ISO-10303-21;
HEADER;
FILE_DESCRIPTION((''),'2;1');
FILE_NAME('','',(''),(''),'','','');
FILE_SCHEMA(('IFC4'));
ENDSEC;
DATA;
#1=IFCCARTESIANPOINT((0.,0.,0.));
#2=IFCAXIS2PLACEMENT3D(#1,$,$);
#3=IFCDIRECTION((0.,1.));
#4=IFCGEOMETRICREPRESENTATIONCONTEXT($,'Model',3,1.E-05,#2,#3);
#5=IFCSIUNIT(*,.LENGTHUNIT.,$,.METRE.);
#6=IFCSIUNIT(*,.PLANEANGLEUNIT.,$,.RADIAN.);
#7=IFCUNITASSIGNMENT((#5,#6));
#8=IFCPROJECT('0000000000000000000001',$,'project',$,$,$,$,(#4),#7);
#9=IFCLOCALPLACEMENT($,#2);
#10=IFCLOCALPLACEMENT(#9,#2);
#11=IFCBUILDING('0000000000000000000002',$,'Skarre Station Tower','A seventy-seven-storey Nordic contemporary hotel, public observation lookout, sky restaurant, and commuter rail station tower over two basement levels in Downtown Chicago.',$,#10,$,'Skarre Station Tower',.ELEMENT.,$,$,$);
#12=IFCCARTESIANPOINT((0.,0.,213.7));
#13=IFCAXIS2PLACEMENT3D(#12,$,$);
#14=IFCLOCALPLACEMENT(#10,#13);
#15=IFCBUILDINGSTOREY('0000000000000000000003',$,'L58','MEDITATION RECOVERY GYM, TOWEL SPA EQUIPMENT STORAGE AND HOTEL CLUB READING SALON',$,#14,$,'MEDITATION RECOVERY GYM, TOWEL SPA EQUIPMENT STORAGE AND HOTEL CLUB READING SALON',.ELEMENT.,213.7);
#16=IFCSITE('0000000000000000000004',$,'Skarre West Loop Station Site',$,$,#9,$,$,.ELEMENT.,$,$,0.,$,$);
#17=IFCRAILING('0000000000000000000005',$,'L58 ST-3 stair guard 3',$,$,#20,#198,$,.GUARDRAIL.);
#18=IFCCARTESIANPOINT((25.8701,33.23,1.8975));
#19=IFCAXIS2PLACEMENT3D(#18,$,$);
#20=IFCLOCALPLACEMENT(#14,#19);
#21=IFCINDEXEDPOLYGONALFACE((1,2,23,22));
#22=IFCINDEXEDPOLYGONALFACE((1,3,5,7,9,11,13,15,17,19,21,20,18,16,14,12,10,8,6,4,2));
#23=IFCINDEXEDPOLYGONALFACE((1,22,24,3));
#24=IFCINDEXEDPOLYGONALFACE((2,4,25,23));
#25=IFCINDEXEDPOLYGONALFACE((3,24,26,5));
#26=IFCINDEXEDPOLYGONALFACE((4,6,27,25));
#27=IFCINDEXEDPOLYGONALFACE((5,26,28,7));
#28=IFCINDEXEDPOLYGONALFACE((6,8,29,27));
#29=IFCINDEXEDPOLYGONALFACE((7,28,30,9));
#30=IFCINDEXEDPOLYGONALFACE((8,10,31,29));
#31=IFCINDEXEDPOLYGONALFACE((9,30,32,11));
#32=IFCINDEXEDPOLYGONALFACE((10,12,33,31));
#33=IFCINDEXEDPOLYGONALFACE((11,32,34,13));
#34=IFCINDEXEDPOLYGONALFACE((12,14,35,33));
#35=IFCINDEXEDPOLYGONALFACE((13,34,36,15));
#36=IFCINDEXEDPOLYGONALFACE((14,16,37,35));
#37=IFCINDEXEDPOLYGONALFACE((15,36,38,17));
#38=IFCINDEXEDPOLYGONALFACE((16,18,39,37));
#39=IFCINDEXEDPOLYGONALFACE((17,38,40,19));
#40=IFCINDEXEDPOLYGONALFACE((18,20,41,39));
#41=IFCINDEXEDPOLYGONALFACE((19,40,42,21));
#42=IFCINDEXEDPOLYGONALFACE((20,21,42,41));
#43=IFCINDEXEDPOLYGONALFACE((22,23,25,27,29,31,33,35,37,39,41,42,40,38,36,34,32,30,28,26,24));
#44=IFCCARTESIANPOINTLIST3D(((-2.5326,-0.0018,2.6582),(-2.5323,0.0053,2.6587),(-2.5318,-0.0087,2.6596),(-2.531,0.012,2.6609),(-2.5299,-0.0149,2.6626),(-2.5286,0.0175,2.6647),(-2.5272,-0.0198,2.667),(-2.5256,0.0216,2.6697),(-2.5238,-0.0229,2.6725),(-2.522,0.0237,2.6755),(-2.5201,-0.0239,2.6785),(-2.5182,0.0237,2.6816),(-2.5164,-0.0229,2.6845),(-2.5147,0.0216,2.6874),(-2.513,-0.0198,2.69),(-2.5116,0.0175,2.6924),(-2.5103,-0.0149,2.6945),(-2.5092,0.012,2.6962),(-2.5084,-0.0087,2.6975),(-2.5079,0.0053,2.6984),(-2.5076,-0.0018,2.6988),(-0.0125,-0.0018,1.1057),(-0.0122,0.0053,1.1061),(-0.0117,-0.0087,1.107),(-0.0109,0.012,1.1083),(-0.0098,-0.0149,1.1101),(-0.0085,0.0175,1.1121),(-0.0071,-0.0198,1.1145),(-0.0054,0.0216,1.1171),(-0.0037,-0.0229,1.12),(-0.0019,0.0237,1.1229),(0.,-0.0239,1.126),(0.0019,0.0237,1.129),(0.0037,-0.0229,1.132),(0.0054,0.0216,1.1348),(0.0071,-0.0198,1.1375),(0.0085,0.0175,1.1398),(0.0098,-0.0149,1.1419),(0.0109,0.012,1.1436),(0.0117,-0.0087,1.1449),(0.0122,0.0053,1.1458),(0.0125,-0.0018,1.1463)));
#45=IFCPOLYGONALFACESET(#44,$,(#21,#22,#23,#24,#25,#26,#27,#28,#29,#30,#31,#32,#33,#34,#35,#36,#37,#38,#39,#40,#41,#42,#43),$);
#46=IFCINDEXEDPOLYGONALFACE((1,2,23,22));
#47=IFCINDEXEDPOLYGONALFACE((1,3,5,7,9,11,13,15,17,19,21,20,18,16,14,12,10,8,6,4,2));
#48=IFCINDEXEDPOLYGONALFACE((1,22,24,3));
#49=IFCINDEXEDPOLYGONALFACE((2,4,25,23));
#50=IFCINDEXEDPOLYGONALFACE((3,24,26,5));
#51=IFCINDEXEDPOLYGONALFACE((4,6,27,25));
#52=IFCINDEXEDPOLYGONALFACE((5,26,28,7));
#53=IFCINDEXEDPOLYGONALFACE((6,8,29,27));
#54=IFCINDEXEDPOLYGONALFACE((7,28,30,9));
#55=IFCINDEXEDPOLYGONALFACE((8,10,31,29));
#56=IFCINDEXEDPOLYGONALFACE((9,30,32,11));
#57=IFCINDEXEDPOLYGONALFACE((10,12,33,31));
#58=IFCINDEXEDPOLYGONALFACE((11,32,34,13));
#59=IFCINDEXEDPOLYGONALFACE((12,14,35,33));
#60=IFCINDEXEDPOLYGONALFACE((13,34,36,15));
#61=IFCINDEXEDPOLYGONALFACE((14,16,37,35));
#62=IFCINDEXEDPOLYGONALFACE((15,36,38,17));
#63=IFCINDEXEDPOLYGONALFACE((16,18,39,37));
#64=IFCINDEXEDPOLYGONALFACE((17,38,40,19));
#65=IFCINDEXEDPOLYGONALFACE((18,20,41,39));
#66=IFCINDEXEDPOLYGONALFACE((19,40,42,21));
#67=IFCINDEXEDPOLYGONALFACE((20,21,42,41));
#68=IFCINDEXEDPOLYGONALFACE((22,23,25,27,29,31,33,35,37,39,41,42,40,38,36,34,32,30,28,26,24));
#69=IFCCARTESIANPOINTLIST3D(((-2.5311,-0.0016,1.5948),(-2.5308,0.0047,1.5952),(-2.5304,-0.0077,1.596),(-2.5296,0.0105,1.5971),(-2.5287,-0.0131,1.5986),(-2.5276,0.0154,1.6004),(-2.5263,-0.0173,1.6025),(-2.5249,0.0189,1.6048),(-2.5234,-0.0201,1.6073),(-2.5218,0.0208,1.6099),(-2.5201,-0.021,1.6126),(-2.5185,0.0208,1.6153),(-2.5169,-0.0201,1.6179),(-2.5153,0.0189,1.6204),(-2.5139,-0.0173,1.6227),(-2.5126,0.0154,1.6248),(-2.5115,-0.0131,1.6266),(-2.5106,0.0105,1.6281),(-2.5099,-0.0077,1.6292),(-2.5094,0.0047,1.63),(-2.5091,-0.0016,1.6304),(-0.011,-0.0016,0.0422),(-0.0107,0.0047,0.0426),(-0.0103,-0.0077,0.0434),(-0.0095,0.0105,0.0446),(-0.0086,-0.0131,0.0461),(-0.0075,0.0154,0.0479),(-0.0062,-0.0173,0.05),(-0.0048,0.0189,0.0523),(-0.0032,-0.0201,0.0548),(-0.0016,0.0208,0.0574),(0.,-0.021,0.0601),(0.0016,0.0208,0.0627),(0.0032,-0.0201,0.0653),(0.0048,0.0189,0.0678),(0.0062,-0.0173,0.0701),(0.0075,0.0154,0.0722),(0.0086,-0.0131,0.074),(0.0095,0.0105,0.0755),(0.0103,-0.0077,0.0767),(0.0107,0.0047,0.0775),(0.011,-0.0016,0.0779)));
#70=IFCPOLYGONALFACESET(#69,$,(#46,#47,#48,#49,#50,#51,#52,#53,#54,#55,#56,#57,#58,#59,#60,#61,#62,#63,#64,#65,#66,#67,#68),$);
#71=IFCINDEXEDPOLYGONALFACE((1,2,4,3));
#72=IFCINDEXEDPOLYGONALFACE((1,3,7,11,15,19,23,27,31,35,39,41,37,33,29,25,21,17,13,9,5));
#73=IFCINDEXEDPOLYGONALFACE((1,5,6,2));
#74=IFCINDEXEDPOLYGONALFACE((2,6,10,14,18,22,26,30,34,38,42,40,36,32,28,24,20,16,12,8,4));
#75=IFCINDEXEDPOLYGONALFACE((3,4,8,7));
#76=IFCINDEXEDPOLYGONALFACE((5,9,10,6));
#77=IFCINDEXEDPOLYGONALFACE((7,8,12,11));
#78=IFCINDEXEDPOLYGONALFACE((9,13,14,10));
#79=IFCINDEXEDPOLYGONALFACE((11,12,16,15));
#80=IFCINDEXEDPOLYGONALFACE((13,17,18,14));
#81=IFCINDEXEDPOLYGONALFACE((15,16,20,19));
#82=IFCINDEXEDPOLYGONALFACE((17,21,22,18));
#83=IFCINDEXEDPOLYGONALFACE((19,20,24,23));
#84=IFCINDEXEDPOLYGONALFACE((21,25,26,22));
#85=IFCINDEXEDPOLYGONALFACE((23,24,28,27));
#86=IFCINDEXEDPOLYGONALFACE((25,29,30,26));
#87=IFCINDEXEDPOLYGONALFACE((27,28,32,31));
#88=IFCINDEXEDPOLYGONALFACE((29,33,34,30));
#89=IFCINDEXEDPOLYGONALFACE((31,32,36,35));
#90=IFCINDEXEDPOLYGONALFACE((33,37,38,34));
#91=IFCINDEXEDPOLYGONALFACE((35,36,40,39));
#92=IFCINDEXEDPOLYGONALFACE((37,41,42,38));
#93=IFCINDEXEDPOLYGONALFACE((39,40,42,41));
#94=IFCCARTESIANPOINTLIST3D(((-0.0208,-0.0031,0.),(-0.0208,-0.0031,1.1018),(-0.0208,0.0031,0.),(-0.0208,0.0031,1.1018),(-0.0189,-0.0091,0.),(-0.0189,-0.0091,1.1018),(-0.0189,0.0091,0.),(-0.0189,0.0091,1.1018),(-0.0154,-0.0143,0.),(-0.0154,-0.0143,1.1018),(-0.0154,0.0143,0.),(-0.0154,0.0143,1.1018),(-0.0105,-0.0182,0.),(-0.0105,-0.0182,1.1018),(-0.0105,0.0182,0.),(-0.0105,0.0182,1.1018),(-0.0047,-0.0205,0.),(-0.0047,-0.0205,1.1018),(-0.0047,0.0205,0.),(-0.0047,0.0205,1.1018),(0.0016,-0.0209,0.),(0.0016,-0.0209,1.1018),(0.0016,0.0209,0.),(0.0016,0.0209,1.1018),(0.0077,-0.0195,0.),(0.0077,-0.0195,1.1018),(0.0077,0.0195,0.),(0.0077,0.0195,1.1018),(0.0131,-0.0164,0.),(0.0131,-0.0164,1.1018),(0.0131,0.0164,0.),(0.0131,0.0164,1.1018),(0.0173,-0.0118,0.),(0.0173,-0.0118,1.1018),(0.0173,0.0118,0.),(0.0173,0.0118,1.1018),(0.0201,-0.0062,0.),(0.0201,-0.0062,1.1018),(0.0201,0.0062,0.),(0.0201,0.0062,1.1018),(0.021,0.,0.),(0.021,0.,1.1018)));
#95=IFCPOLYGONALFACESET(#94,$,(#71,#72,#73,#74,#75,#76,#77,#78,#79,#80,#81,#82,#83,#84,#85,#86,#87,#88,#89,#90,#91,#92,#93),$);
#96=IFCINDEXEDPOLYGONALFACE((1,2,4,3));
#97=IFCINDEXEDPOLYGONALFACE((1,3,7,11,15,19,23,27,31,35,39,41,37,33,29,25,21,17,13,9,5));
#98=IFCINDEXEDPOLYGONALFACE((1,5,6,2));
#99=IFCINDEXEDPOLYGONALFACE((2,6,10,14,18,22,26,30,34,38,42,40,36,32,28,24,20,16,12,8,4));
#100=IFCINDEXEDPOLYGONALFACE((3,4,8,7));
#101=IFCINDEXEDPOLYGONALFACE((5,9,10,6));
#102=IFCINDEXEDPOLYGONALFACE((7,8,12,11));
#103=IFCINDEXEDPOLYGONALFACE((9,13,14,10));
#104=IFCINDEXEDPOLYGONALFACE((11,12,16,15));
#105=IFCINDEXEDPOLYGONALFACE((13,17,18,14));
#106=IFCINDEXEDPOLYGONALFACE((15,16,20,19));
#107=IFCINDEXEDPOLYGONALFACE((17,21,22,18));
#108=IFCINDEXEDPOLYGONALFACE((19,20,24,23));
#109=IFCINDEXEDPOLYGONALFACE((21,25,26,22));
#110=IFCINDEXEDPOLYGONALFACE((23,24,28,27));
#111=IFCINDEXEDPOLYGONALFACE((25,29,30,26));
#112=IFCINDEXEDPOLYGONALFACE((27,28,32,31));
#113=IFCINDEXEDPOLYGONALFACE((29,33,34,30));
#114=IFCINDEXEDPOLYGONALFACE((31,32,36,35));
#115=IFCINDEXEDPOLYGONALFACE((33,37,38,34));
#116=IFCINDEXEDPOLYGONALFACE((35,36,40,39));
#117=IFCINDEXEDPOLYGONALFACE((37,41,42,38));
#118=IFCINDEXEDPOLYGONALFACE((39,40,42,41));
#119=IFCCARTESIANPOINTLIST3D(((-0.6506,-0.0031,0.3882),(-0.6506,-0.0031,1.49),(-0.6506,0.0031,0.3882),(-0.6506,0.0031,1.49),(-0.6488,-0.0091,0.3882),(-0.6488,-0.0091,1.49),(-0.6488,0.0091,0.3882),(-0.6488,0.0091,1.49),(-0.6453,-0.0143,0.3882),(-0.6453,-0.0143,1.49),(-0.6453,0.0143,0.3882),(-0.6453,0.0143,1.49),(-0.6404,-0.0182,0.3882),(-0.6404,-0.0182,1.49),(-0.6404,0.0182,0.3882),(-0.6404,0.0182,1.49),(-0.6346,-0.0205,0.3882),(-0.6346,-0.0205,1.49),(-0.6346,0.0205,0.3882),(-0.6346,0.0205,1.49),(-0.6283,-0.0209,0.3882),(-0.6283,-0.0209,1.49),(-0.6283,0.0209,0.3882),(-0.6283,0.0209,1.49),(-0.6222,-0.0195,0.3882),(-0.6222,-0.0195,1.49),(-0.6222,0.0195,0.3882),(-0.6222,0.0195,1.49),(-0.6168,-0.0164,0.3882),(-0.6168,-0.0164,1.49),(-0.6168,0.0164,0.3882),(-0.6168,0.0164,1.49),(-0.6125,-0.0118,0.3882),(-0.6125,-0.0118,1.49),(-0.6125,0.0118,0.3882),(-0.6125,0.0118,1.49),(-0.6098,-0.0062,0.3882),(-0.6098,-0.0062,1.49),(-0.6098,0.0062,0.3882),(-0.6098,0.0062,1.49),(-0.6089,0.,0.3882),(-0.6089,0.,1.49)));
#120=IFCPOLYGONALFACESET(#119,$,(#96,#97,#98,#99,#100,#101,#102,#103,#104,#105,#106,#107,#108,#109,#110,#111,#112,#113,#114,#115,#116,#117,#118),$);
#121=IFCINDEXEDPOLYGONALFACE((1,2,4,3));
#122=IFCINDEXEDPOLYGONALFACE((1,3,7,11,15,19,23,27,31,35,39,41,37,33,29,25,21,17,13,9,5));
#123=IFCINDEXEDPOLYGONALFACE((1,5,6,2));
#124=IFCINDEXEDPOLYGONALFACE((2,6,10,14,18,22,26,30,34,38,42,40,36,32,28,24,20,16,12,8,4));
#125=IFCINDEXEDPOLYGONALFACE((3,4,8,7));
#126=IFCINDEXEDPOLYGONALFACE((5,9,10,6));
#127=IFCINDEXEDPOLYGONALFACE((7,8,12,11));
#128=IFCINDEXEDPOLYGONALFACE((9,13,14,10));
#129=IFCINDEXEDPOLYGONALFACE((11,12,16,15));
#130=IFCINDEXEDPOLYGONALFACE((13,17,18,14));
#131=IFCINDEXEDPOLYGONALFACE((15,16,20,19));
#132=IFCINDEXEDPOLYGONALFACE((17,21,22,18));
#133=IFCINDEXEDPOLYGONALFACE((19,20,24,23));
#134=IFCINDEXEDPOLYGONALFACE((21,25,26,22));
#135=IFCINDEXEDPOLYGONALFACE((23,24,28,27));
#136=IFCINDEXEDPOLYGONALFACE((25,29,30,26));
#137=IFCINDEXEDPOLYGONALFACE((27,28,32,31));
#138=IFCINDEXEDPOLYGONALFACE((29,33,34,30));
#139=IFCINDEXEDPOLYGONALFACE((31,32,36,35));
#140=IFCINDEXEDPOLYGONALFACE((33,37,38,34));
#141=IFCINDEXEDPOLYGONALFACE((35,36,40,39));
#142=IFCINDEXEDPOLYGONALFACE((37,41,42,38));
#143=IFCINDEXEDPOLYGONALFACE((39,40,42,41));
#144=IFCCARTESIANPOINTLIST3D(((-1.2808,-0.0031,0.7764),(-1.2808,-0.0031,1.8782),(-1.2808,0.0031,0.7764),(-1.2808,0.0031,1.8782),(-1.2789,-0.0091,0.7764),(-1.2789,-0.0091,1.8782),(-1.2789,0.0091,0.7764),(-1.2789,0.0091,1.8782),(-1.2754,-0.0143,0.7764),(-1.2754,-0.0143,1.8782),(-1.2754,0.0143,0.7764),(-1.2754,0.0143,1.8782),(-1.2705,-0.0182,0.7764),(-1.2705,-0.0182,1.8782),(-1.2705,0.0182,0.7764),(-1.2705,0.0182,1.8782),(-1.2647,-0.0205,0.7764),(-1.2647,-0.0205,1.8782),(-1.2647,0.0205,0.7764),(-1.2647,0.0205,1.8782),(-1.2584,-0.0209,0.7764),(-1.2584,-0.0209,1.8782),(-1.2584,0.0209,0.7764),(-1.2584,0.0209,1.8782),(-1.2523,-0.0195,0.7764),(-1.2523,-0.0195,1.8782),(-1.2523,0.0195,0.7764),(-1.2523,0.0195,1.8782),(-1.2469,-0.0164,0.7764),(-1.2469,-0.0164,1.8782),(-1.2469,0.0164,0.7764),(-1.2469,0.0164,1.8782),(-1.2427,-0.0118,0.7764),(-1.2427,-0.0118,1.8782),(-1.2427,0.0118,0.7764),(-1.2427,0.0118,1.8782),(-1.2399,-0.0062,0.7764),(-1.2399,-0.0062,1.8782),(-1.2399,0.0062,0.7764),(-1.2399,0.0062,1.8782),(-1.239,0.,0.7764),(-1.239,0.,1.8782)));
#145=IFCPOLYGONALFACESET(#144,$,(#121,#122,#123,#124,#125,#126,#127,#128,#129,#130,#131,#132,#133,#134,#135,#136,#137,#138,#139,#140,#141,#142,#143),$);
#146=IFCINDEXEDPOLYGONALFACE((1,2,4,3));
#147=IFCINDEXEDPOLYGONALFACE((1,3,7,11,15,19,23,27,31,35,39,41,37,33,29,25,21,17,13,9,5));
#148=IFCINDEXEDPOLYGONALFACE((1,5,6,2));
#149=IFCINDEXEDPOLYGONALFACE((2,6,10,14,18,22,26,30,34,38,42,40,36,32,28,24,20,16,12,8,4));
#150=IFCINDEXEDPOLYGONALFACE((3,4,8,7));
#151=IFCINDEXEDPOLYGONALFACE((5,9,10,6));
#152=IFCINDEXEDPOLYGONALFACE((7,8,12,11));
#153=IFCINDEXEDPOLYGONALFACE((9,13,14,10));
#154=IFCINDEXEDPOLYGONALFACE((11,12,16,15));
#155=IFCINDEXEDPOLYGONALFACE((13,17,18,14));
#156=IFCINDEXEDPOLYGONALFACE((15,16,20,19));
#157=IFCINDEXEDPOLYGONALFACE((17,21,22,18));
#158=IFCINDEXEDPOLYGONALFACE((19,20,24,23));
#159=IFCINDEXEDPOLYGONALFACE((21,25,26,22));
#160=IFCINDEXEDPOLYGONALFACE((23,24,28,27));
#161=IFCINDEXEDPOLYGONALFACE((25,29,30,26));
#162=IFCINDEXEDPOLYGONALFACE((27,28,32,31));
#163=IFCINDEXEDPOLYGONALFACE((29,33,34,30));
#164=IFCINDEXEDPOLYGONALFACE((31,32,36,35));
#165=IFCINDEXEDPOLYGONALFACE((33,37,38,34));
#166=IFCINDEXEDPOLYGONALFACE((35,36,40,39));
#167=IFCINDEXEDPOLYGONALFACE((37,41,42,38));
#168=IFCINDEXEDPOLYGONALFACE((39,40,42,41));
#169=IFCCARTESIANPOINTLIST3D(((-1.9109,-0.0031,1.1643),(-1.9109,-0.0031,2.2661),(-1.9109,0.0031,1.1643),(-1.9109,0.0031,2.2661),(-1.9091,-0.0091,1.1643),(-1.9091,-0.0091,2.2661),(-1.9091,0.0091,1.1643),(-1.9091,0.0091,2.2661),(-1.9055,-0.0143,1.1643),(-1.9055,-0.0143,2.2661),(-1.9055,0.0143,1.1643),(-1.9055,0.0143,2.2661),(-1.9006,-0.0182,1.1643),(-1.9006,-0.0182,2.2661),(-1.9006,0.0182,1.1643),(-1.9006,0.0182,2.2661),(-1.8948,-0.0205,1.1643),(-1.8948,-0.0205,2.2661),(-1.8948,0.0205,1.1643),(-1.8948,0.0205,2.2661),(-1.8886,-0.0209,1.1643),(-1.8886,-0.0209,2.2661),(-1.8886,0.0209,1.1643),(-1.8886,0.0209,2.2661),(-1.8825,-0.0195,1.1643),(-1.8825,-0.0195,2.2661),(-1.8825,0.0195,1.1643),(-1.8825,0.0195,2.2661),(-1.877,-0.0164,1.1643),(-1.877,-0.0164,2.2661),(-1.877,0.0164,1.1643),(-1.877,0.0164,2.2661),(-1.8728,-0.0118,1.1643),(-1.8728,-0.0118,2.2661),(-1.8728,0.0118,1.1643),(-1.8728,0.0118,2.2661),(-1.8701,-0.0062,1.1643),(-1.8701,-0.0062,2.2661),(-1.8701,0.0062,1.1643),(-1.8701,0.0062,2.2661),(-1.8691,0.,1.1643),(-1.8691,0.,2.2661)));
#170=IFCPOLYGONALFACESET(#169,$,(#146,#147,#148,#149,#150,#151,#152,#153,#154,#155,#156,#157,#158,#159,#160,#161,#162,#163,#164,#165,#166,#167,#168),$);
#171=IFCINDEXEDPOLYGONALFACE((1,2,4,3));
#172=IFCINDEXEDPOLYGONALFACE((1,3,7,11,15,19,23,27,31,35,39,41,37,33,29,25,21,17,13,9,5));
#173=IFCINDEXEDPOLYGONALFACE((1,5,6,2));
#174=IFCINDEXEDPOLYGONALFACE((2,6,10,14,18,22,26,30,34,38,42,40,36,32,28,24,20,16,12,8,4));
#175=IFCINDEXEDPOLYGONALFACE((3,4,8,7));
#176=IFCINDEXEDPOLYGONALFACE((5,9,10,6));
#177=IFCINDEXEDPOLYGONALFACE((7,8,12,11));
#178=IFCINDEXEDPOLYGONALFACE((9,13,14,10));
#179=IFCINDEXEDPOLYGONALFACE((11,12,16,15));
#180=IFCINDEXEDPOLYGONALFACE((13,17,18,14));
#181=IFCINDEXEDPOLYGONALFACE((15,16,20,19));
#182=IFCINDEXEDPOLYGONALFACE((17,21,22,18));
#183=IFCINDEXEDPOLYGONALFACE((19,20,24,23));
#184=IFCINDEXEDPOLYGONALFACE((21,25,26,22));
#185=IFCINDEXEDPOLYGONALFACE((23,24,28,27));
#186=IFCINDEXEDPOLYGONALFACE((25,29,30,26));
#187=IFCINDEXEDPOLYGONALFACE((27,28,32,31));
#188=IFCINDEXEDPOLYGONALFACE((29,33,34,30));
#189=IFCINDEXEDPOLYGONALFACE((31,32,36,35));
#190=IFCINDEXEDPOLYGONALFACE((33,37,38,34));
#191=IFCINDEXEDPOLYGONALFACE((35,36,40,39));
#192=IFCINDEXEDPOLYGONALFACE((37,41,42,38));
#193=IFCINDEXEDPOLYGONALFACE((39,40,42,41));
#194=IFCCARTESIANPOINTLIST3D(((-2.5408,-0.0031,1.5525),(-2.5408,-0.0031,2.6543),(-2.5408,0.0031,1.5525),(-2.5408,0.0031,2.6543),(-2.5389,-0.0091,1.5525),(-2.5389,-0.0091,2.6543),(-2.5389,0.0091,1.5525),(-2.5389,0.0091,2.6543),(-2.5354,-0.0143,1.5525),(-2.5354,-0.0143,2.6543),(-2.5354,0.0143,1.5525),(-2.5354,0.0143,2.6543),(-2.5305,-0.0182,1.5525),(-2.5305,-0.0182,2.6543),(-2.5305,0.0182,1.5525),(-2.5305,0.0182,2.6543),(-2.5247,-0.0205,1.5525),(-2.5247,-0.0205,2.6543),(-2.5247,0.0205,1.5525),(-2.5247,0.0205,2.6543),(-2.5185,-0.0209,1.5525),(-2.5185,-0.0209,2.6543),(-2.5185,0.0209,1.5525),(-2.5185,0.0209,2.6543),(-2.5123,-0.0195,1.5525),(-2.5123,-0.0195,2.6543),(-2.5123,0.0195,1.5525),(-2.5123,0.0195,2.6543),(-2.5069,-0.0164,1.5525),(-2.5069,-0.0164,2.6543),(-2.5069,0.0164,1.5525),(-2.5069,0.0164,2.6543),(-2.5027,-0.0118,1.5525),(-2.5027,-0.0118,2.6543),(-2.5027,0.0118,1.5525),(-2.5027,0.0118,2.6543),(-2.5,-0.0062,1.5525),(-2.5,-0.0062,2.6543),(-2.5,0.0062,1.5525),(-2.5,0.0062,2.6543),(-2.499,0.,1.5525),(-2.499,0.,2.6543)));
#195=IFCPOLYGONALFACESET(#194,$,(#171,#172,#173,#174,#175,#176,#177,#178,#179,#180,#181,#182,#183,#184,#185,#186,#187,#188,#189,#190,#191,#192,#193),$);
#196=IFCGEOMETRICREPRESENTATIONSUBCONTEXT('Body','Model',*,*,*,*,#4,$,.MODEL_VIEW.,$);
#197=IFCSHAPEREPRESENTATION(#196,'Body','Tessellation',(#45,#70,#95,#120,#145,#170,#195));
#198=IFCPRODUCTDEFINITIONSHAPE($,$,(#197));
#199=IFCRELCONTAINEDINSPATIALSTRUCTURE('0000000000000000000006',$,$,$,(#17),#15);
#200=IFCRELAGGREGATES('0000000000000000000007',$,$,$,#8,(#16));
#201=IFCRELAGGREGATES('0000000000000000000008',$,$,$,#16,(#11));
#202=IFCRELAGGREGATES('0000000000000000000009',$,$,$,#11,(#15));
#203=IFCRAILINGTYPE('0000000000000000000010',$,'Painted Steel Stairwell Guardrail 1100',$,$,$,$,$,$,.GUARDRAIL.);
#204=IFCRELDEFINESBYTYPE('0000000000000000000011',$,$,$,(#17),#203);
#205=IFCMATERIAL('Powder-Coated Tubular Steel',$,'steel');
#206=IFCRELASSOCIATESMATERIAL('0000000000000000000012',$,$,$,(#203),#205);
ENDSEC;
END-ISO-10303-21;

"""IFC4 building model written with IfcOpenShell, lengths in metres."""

from ifc_helpers import new_model, si_unit, direction, frame, origin, origin_2d, place, context, subcontext, project, spatial, circle, extrude, material, type_object, element, save


model = new_model("IFC4")

# Units and contexts
model_context = context("Model", 3, precision=1e-05, world=origin(), true_north=direction((0.0, 1.0)))
body_context = subcontext(model_context, "Body", "Model", "MODEL_VIEW")
ifc_project = project(units=[si_unit("LENGTHUNIT", "METRE"), si_unit("PLANEANGLEUNIT", "RADIAN")], contexts=[model_context])

# Site, building, storey
site_placement = place(None, origin())
site = spatial("IfcSite", under=ifc_project, at=site_placement, Name="Skarre West Loop Station Site", CompositionType="ELEMENT", RefElevation=0.0)
building_placement = place(site_placement, origin())
building = spatial("IfcBuilding", under=site, at=building_placement, Name="Skarre Station Tower", Description="A seventy-seven-storey Nordic contemporary hotel, public observation lookout, sky restaurant, and commuter rail station tower over two basement levels in Downtown Chicago.", LongName="Skarre Station Tower", CompositionType="ELEMENT")
storey_placement = place(building_placement, frame((0.0, 0.0, 213.7)))
storey = spatial("IfcBuildingStorey", under=building, at=storey_placement, Name="L58", Description="MEDITATION RECOVERY GYM, TOWEL SPA EQUIPMENT STORAGE AND HOTEL CLUB READING SALON", LongName="MEDITATION RECOVERY GYM, TOWEL SPA EQUIPMENT STORAGE AND HOTEL CLUB READING SALON", CompositionType="ELEMENT", Elevation=213.7)

# Railing
ifc_material_1 = material(Name="Powder-Coated Tubular Steel", Category="steel")
railing_type_1 = type_object("IfcRailingType", Name="Painted Steel Stairwell Guardrail 1100", PredefinedType="GUARDRAIL", material=ifc_material_1)
railing_1_placement = place(storey_placement, frame((25.8701, 33.23, 1.8975)))
element("IfcRailing", 1, at=railing_1_placement, inside=storey, type_object=railing_type_1, Name="L58 ST-3 stair guard 3", PredefinedType="GUARDRAIL", context=body_context, shape_type="SweptSolid", body=[
    extrude(circle(Radius=0.0239, at=origin_2d()), frame((0.0, 0.0, 1.126), z_axis=(-0.8514, 0.0, 0.524516), x_axis=(0.0, -1.0, 0.0)), (0.0, 0.0, 1.0), 2.96),
    extrude(circle(Radius=0.021, at=origin_2d()), frame((0.0, 0.0, 0.0601), z_axis=(-0.8514, 0.0, 0.524516), x_axis=(0.0, -1.0, 0.0)), (0.0, 0.0, 1.0), 2.96),
    extrude(circle(Radius=0.021, at=origin_2d()), origin(), (0.0, 0.0, 1.0), 1.1018),
    extrude(circle(Radius=0.021, at=origin_2d()), frame((-0.6299, 0.0, 0.3882)), (0.0, 0.0, 1.0), 1.1018),
    extrude(circle(Radius=0.021, at=origin_2d()), frame((-1.26, 0.0, 0.7764)), (0.0, 0.0, 1.0), 1.1018),
    extrude(circle(Radius=0.021, at=origin_2d()), frame((-1.8901, 0.0, 1.1643)), (0.0, 0.0, 1.0), 1.1018),
    extrude(circle(Radius=0.021, at=origin_2d()), frame((-2.52, 0.0, 1.5525)), (0.0, 0.0, 1.0), 1.1018),
])

save(model, "model.ifc")
